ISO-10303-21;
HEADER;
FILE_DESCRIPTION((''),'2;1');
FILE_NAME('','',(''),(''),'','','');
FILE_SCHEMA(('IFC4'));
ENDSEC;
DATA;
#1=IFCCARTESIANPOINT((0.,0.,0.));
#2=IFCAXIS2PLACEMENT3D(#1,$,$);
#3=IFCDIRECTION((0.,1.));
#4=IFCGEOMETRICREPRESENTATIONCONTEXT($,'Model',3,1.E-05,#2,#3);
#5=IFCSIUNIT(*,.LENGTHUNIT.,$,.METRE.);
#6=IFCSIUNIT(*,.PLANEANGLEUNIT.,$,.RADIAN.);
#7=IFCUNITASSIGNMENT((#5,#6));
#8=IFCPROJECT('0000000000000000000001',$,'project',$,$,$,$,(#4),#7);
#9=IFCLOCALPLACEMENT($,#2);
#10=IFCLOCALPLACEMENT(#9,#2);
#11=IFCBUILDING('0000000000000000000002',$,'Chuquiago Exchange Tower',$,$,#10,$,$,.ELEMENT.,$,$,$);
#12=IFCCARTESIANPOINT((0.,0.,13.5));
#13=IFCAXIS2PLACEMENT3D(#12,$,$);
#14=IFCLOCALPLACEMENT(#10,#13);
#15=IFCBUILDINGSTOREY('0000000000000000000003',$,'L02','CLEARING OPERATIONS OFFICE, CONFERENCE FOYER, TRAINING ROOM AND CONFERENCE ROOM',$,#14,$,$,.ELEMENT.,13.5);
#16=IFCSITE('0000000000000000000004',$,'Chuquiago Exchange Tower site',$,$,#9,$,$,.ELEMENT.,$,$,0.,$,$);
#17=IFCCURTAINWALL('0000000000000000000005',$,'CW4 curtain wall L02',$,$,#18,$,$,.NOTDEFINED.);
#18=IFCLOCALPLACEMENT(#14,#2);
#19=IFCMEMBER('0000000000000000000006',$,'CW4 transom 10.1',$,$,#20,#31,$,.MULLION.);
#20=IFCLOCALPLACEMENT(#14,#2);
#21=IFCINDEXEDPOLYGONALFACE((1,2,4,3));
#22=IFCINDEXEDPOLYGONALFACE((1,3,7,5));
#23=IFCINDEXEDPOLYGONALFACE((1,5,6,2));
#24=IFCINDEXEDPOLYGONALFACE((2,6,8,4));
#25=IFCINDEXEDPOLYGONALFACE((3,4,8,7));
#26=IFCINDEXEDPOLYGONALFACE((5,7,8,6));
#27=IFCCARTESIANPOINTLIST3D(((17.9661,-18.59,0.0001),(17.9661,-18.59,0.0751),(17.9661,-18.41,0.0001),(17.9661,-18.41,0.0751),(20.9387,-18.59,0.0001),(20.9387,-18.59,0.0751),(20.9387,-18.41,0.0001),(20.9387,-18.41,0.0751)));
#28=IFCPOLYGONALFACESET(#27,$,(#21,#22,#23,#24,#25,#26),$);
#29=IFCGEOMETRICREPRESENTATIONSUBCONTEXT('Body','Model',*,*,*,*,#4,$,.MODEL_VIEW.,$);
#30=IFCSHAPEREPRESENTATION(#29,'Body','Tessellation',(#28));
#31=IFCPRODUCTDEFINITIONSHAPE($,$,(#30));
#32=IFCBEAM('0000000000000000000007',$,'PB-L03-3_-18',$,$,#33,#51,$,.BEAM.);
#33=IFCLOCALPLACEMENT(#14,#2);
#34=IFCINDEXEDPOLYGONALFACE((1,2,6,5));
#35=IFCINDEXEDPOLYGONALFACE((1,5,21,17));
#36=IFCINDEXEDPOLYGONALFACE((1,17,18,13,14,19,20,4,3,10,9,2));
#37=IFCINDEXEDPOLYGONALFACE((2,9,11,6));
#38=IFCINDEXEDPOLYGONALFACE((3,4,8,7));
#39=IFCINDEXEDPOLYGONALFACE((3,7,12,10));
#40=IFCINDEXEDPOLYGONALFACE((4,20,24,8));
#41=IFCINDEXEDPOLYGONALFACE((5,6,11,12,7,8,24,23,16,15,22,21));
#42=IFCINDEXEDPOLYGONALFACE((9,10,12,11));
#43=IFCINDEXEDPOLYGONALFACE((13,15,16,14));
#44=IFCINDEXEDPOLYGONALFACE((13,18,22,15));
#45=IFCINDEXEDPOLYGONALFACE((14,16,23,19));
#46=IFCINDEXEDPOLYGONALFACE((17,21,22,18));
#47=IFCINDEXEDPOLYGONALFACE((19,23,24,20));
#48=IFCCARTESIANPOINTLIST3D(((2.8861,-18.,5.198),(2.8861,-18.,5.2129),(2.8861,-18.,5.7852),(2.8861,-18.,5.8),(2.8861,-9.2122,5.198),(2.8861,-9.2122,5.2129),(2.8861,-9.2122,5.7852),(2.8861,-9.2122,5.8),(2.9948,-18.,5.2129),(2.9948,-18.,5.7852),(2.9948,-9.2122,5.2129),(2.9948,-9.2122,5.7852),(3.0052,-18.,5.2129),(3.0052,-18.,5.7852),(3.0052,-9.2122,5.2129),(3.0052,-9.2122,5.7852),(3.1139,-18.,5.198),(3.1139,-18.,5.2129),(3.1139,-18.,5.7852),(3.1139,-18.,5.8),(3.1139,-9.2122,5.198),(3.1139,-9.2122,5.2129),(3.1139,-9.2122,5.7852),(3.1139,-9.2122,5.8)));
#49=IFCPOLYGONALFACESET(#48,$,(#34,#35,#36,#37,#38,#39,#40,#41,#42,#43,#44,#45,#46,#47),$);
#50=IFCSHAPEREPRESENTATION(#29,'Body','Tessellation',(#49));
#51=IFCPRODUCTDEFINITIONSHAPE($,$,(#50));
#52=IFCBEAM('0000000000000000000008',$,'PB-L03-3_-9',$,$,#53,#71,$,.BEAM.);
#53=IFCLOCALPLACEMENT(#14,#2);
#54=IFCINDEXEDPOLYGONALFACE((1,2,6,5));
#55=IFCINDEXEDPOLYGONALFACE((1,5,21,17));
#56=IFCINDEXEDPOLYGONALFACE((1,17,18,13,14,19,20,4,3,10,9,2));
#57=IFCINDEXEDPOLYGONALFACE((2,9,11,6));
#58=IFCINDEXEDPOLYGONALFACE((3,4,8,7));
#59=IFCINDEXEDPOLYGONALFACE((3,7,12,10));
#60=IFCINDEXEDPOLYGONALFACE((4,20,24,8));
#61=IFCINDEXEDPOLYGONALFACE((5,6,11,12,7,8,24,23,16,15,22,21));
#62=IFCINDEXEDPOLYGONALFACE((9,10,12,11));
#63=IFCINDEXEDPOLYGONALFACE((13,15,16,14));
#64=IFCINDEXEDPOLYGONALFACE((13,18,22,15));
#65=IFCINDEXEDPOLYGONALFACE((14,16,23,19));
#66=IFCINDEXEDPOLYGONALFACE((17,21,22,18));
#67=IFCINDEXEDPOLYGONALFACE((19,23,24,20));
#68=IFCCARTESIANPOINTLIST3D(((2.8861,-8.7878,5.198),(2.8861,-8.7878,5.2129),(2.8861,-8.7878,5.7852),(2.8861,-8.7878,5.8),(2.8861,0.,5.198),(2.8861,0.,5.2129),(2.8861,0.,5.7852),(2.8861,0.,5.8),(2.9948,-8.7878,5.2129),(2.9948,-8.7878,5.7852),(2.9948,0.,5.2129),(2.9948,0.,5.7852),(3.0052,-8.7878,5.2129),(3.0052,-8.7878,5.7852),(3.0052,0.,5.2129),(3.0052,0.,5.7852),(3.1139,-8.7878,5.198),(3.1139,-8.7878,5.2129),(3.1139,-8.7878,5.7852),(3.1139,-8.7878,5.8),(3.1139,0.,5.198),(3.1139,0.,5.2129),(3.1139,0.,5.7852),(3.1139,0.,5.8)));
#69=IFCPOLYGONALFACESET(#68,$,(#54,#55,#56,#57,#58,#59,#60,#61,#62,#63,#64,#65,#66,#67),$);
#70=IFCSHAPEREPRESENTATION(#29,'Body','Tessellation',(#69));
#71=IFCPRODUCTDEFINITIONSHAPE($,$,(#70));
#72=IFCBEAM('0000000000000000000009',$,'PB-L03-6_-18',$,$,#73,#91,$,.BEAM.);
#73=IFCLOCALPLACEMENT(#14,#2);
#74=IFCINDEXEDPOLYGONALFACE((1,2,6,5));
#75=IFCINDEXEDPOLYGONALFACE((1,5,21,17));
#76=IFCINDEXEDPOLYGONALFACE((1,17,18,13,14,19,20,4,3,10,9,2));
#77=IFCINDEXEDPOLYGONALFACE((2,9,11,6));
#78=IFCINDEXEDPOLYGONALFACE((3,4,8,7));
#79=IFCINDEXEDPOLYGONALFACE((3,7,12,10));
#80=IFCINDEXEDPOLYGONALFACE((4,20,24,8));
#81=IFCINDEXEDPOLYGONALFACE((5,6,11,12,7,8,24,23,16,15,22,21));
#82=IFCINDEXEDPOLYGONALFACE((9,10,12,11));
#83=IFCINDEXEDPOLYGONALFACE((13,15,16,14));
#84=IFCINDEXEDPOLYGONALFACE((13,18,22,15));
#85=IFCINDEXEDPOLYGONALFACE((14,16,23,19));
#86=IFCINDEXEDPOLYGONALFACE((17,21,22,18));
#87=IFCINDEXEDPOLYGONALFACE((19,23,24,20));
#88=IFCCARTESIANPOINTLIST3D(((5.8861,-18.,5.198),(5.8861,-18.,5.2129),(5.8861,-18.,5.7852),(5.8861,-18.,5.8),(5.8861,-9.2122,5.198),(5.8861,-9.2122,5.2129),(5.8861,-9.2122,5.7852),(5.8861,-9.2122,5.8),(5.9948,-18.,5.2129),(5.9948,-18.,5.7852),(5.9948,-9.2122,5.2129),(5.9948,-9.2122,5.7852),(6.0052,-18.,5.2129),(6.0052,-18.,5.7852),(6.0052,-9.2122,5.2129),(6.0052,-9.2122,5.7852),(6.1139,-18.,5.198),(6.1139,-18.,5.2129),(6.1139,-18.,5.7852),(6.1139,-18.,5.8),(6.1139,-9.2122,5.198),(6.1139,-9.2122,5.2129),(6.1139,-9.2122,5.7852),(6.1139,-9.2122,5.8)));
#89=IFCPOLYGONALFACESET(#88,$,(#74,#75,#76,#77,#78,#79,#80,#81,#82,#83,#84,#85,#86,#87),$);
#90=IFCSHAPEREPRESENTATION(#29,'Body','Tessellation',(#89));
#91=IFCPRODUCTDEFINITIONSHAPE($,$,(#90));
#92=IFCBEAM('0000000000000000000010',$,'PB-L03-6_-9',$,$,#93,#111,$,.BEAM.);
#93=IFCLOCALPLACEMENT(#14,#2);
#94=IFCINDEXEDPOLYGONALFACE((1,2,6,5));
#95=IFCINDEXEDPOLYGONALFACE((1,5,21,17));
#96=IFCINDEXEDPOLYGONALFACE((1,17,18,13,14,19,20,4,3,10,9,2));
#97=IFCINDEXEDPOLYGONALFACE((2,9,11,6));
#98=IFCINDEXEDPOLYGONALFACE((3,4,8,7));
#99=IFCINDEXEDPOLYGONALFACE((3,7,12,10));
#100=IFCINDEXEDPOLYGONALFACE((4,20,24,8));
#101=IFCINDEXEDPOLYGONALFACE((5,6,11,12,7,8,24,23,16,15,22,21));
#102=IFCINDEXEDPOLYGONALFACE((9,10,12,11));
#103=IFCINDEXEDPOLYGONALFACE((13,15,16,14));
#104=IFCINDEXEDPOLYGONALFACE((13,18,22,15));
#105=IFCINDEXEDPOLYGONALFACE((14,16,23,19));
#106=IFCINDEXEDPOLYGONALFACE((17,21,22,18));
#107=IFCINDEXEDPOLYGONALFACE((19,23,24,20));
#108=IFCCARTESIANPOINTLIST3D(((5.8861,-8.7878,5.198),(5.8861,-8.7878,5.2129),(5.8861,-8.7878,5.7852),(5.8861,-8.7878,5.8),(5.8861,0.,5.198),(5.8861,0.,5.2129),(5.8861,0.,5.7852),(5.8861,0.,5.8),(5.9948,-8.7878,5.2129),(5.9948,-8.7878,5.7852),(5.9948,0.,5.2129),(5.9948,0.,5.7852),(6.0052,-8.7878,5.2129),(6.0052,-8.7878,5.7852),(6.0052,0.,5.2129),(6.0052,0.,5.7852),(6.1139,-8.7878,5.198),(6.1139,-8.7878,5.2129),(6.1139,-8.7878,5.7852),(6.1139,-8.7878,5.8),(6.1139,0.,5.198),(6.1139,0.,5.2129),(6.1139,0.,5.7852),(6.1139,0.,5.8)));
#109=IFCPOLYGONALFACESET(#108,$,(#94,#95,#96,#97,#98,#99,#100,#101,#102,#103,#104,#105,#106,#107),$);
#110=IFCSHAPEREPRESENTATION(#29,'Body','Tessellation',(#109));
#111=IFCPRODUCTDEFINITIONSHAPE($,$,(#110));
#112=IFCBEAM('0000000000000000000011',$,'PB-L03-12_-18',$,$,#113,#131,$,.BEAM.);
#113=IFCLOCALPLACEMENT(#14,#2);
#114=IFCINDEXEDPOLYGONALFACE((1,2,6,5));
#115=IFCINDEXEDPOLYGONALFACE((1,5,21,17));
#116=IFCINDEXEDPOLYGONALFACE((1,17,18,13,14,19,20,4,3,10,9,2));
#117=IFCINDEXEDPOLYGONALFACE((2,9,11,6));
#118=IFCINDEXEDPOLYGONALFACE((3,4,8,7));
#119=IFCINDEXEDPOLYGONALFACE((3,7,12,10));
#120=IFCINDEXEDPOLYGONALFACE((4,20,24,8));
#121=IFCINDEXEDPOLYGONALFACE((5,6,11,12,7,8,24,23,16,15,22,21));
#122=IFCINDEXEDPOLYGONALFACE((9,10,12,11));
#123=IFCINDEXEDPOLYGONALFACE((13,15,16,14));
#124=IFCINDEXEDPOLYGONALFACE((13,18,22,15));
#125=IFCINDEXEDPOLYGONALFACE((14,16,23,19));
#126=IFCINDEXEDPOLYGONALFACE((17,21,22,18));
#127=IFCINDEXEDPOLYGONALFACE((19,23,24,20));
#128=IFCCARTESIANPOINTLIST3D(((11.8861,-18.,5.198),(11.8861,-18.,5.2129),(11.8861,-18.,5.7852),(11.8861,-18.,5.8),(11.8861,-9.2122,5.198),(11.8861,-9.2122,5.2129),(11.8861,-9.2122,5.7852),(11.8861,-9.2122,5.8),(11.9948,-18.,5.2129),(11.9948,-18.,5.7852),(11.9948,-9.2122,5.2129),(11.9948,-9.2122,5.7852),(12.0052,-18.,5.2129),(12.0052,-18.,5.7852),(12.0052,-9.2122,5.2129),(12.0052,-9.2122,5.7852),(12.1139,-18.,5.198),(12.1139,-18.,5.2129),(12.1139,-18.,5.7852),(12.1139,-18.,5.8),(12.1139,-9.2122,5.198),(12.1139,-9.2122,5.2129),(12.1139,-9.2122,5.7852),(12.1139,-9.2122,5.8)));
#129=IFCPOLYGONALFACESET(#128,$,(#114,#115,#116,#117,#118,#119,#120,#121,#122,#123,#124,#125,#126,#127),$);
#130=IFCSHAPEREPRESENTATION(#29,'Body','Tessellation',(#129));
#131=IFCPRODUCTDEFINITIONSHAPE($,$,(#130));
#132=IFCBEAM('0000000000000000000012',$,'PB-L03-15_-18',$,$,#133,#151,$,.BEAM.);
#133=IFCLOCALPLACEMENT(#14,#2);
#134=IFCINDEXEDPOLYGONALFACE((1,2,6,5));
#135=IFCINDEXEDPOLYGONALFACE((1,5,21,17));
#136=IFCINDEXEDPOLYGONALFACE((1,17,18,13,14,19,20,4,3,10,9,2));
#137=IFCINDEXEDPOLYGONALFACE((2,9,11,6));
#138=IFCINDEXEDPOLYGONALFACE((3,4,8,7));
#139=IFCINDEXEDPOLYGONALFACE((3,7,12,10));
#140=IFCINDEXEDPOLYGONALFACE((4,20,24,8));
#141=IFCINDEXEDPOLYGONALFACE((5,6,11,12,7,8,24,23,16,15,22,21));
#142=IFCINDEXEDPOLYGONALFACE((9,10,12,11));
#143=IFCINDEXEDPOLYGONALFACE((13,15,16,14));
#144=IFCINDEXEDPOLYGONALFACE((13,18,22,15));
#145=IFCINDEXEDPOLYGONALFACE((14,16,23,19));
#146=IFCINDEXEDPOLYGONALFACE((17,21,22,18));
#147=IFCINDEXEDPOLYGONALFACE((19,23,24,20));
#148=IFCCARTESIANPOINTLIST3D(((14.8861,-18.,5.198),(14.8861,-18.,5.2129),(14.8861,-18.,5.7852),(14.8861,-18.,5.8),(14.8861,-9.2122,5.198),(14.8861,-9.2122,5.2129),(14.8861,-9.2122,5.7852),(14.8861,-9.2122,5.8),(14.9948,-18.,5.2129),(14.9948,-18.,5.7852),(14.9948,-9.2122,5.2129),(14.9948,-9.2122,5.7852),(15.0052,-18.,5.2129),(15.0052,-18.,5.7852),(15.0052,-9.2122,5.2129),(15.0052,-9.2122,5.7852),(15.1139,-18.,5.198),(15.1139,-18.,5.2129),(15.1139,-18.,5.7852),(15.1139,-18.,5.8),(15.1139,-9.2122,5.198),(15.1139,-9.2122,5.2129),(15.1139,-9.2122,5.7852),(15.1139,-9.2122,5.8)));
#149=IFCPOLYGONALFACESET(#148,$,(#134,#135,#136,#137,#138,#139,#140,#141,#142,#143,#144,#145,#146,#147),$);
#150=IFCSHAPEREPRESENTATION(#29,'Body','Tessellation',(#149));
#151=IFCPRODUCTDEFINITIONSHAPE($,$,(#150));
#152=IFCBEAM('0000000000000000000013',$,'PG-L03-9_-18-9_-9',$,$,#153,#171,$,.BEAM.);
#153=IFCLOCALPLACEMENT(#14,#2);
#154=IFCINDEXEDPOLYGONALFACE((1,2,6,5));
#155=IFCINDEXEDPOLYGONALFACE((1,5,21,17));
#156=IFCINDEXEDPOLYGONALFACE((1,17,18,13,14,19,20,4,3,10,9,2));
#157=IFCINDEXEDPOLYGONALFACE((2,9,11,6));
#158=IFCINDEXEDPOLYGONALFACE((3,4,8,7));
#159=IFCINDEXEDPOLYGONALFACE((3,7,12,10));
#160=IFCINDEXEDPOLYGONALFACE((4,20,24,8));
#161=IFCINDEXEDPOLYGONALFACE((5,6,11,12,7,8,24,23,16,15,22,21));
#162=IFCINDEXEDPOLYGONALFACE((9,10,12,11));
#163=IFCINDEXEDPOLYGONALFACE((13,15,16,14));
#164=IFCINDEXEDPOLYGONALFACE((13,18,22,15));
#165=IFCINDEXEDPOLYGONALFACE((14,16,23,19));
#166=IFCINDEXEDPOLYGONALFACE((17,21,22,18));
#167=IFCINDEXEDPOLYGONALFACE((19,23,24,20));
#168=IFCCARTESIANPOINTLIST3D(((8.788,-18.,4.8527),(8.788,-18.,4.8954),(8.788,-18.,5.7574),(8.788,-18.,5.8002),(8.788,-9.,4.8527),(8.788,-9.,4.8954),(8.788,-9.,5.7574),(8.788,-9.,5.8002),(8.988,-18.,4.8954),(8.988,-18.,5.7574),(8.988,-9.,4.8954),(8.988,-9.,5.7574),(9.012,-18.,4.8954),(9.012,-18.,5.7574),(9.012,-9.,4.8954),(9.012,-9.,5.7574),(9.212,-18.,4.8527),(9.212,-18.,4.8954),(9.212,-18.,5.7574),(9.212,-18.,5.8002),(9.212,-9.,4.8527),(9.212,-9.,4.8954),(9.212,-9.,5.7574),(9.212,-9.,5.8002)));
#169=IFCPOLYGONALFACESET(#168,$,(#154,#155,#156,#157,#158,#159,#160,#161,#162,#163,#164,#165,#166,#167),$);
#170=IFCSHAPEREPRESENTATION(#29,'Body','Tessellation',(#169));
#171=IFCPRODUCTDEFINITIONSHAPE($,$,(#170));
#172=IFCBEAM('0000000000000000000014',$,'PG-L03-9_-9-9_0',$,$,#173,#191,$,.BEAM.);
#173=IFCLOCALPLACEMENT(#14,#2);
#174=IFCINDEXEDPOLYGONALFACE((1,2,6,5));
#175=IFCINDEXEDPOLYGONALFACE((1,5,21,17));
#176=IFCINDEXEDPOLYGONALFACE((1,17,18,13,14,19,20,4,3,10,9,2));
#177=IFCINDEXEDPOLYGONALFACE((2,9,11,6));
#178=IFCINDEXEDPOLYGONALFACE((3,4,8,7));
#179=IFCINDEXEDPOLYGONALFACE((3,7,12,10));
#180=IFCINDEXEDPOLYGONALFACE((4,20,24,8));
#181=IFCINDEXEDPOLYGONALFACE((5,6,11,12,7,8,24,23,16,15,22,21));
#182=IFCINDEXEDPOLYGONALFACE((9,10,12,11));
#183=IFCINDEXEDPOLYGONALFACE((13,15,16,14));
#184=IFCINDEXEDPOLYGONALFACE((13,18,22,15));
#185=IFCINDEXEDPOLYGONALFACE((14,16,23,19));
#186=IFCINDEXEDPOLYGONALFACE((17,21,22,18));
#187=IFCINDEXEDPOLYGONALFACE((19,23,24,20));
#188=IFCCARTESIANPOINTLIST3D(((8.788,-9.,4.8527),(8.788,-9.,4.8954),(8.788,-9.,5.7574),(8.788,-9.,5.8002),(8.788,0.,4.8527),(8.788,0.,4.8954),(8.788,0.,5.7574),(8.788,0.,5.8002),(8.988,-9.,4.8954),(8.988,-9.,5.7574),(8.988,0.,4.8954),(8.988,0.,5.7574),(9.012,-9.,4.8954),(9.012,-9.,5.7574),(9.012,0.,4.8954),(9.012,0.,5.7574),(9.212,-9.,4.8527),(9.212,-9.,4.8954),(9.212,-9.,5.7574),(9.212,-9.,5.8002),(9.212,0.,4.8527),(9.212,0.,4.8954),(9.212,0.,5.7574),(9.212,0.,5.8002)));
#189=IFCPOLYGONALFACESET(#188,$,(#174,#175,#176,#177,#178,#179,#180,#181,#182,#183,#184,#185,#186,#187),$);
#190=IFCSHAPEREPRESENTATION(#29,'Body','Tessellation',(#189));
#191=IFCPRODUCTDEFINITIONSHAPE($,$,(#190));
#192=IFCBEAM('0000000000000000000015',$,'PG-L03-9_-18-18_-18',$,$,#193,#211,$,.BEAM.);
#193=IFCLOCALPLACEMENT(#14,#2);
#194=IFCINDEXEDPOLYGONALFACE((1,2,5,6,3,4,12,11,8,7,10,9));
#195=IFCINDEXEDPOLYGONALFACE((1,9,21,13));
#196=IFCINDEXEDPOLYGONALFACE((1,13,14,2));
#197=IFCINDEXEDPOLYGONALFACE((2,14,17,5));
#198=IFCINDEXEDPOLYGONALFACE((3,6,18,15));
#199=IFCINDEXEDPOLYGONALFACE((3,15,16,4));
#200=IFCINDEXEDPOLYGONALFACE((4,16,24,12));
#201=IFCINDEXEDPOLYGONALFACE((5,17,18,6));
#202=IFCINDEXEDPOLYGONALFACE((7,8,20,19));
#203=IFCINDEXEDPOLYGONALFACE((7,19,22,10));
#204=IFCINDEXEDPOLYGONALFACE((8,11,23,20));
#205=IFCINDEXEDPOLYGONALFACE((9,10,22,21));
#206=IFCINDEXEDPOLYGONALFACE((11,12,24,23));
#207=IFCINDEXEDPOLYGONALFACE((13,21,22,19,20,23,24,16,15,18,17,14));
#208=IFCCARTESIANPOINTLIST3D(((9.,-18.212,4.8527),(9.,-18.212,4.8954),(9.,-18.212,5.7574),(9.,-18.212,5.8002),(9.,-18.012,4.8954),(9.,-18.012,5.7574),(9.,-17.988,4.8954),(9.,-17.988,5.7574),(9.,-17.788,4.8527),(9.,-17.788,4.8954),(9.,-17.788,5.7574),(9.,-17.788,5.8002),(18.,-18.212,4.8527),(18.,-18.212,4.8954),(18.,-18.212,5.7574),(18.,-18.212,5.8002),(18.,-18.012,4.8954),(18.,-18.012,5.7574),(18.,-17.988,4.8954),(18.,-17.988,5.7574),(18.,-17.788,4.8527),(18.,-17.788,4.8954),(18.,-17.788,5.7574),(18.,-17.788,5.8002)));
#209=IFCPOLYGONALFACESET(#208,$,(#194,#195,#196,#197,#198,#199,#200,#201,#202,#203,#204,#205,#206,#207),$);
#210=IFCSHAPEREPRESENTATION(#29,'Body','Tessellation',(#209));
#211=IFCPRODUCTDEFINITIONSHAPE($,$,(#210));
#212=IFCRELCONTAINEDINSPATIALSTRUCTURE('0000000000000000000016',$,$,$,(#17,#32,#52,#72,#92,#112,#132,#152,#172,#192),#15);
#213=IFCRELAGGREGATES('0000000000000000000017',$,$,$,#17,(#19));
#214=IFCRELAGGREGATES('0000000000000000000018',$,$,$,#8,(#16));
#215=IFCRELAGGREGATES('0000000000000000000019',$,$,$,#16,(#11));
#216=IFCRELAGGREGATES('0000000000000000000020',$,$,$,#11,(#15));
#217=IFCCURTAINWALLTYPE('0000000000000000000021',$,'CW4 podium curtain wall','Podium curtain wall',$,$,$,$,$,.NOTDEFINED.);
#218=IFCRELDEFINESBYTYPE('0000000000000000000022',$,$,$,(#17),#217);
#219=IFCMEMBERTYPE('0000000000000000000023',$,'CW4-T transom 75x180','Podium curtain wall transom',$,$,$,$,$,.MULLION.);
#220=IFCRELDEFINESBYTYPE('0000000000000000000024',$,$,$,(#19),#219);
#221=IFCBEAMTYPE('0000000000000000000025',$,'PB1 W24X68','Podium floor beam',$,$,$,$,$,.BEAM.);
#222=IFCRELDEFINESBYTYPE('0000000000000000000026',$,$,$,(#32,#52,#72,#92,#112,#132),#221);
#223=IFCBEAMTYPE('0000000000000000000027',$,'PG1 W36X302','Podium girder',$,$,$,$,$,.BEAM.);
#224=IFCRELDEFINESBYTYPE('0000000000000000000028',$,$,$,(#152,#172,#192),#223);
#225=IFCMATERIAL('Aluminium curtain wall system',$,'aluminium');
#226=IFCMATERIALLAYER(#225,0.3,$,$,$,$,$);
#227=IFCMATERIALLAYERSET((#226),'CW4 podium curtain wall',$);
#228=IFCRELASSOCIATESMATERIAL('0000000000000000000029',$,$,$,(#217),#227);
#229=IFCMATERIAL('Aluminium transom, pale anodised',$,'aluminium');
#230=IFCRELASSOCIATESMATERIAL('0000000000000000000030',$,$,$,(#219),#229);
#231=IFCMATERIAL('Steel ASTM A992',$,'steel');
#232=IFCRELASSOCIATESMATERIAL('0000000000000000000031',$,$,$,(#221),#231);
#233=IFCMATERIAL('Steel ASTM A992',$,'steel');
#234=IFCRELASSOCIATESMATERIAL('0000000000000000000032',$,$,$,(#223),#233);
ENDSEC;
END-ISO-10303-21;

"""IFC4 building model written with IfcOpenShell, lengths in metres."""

from ifc_helpers import new_model, si_unit, direction, frame, origin, origin_2d, place, context, subcontext, project, spatial, rectangle, i_section, extrude, material, layer, layer_set, material_profile, profile_set, type_object, element, aggregate, save


model = new_model("IFC4")

# Units and contexts
model_context = context("Model", 3, precision=1e-05, world=origin(), true_north=direction((0.0, 1.0)))
body_context = subcontext(model_context, "Body", "Model", "MODEL_VIEW")
ifc_project = project(units=[si_unit("LENGTHUNIT", "METRE"), si_unit("PLANEANGLEUNIT", "RADIAN")], contexts=[model_context])

# Site, building, storey
site_placement = place(None, origin())
site = spatial("IfcSite", under=ifc_project, at=site_placement, Name="Chuquiago Exchange Tower site", CompositionType="ELEMENT", RefElevation=0.0)
building_placement = place(site_placement, origin())
building = spatial("IfcBuilding", under=site, at=building_placement, Name="Chuquiago Exchange Tower", CompositionType="ELEMENT")
storey_placement = place(building_placement, frame((0.0, 0.0, 13.5)))
storey = spatial("IfcBuildingStorey", under=building, at=storey_placement, Name="L02", Description="CLEARING OPERATIONS OFFICE, CONFERENCE FOYER, TRAINING ROOM AND CONFERENCE ROOM", CompositionType="ELEMENT", Elevation=13.5)

# Curtain wall, member
ifc_material_1 = material(Name="Aluminium curtain wall system", Category="aluminium")
ifc_layer_1 = layer(ifc_material_1, 0.3)
ifc_layer_set_1 = layer_set([ifc_layer_1], Name="CW4 podium curtain wall")
curtain_wall_type = type_object("IfcCurtainWallType", Name="CW4 podium curtain wall", Description="Podium curtain wall", PredefinedType="NOTDEFINED", material=ifc_layer_set_1)
curtain_wall_placement = place(storey_placement, origin())
curtain_wall = element("IfcCurtainWall", 1, at=curtain_wall_placement, inside=storey, type_object=curtain_wall_type, Name="CW4 curtain wall L02", PredefinedType="NOTDEFINED")
ifc_material_2 = material(Name="Aluminium transom, pale anodised", Category="aluminium")
ifc_material_profile_1 = material_profile(ifc_material_2, rectangle(XDim=0.1799, YDim=0.075, at=origin_2d()), Name="AL 180x75")
ifc_profile_set_1 = profile_set([ifc_material_profile_1], Name="Aluminium transom, pale anodised")
member_type_1 = type_object("IfcMemberType", Name="CW4-T transom 75x180", Description="Podium curtain wall transom", PredefinedType="MULLION", material=ifc_profile_set_1)
member_1_placement = place(storey_placement, frame((17.9661, -18.5, 0.0376), z_axis=(1.0, 0.0, 0.0), x_axis=(0.0, 1.0, 0.0)))
member_1 = element("IfcMember", 2, at=member_1_placement, type_object=member_type_1, Name="CW4 transom 10.1", PredefinedType="MULLION", context=body_context, shape_type="SweptSolid", body=[
    extrude(rectangle(XDim=0.1799, YDim=0.075, at=origin_2d()), origin(), (0.0, 0.0, 1.0), 2.9727),
])

# Beams
ifc_material_3 = material(Name="Steel ASTM A992", Category="steel")
ifc_material_profile_2 = material_profile(ifc_material_3, i_section(OverallWidth=0.2278, OverallDepth=0.6021, WebThickness=0.0105, FlangeThickness=0.0149, at=origin_2d()), Name="W24X68")
ifc_profile_set_2 = profile_set([ifc_material_profile_2], Name="Steel ASTM A992")
beam_type_1 = type_object("IfcBeamType", Name="PB1 W24X68", Description="Podium floor beam", PredefinedType="BEAM", material=ifc_profile_set_2)
for number, where, z_axis, x_axis, name in (
    (3, (3.0, -18.0, 5.499), (0.0, 1.0, 0.0), (-1.0, 0.0, 0.0), "PB-L03-3_-18"),
    (4, (3.0, -8.7878, 5.499), (0.0, 1.0, 0.0), (-1.0, 0.0, 0.0), "PB-L03-3_-9"),
    (5, (6.0, -18.0, 5.499), (0.0, 1.0, 0.0), (-1.0, 0.0, 0.0), "PB-L03-6_-18"),
    (6, (6.0, -8.7878, 5.499), (0.0, 1.0, 0.0), (-1.0, 0.0, 0.0), "PB-L03-6_-9"),
    (7, (12.0, -18.0, 5.499), (0.0, 1.0, 0.0), (-1.0, 0.0, 0.0), "PB-L03-12_-18"),
    (8, (15.0, -18.0, 5.499), (0.0, 1.0, 0.0), (-1.0, 0.0, 0.0), "PB-L03-15_-18"),
):
    element("IfcBeam", number, at=place(storey_placement, frame(where, z_axis=z_axis, x_axis=x_axis)), inside=storey, type_object=beam_type_1, Name=name, PredefinedType="BEAM", context=body_context, shape_type="SweptSolid", body=[
        extrude(i_section(OverallWidth=0.2278, OverallDepth=0.6021, WebThickness=0.0105, FlangeThickness=0.0149, at=origin_2d()), origin(), (0.0, 0.0, 1.0), 8.7878),
    ])
ifc_material_4 = material(Name="Steel ASTM A992", Category="steel")
ifc_material_profile_3 = material_profile(ifc_material_4, i_section(OverallWidth=0.4241, OverallDepth=0.9475, WebThickness=0.0239, FlangeThickness=0.0427, at=origin_2d()), Name="W36X302")
ifc_profile_set_3 = profile_set([ifc_material_profile_3], Name="Steel ASTM A992")
beam_type_2 = type_object("IfcBeamType", Name="PG1 W36X302", Description="Podium girder", PredefinedType="BEAM", material=ifc_profile_set_3)
for number, where, z_axis, x_axis, name in (
    (9, (9.0, -18.0, 5.3264), (0.0, 1.0, 0.0), (-1.0, 0.0, 0.0), "PG-L03-9_-18-9_-9"),
    (10, (9.0, -9.0, 5.3264), (0.0, 1.0, 0.0), (-1.0, 0.0, 0.0), "PG-L03-9_-9-9_0"),
    (11, (9.0, -18.0, 5.3264), (1.0, 0.0, 0.0), (0.0, 1.0, 0.0), "PG-L03-9_-18-18_-18"),
):
    element("IfcBeam", number, at=place(storey_placement, frame(where, z_axis=z_axis, x_axis=x_axis)), inside=storey, type_object=beam_type_2, Name=name, PredefinedType="BEAM", context=body_context, shape_type="SweptSolid", body=[
        extrude(i_section(OverallWidth=0.4241, OverallDepth=0.9475, WebThickness=0.0239, FlangeThickness=0.0427, at=origin_2d()), origin(), (0.0, 0.0, 1.0), 9.0),
    ])

aggregate(curtain_wall, [member_1])

save(model, "model.ifc")
